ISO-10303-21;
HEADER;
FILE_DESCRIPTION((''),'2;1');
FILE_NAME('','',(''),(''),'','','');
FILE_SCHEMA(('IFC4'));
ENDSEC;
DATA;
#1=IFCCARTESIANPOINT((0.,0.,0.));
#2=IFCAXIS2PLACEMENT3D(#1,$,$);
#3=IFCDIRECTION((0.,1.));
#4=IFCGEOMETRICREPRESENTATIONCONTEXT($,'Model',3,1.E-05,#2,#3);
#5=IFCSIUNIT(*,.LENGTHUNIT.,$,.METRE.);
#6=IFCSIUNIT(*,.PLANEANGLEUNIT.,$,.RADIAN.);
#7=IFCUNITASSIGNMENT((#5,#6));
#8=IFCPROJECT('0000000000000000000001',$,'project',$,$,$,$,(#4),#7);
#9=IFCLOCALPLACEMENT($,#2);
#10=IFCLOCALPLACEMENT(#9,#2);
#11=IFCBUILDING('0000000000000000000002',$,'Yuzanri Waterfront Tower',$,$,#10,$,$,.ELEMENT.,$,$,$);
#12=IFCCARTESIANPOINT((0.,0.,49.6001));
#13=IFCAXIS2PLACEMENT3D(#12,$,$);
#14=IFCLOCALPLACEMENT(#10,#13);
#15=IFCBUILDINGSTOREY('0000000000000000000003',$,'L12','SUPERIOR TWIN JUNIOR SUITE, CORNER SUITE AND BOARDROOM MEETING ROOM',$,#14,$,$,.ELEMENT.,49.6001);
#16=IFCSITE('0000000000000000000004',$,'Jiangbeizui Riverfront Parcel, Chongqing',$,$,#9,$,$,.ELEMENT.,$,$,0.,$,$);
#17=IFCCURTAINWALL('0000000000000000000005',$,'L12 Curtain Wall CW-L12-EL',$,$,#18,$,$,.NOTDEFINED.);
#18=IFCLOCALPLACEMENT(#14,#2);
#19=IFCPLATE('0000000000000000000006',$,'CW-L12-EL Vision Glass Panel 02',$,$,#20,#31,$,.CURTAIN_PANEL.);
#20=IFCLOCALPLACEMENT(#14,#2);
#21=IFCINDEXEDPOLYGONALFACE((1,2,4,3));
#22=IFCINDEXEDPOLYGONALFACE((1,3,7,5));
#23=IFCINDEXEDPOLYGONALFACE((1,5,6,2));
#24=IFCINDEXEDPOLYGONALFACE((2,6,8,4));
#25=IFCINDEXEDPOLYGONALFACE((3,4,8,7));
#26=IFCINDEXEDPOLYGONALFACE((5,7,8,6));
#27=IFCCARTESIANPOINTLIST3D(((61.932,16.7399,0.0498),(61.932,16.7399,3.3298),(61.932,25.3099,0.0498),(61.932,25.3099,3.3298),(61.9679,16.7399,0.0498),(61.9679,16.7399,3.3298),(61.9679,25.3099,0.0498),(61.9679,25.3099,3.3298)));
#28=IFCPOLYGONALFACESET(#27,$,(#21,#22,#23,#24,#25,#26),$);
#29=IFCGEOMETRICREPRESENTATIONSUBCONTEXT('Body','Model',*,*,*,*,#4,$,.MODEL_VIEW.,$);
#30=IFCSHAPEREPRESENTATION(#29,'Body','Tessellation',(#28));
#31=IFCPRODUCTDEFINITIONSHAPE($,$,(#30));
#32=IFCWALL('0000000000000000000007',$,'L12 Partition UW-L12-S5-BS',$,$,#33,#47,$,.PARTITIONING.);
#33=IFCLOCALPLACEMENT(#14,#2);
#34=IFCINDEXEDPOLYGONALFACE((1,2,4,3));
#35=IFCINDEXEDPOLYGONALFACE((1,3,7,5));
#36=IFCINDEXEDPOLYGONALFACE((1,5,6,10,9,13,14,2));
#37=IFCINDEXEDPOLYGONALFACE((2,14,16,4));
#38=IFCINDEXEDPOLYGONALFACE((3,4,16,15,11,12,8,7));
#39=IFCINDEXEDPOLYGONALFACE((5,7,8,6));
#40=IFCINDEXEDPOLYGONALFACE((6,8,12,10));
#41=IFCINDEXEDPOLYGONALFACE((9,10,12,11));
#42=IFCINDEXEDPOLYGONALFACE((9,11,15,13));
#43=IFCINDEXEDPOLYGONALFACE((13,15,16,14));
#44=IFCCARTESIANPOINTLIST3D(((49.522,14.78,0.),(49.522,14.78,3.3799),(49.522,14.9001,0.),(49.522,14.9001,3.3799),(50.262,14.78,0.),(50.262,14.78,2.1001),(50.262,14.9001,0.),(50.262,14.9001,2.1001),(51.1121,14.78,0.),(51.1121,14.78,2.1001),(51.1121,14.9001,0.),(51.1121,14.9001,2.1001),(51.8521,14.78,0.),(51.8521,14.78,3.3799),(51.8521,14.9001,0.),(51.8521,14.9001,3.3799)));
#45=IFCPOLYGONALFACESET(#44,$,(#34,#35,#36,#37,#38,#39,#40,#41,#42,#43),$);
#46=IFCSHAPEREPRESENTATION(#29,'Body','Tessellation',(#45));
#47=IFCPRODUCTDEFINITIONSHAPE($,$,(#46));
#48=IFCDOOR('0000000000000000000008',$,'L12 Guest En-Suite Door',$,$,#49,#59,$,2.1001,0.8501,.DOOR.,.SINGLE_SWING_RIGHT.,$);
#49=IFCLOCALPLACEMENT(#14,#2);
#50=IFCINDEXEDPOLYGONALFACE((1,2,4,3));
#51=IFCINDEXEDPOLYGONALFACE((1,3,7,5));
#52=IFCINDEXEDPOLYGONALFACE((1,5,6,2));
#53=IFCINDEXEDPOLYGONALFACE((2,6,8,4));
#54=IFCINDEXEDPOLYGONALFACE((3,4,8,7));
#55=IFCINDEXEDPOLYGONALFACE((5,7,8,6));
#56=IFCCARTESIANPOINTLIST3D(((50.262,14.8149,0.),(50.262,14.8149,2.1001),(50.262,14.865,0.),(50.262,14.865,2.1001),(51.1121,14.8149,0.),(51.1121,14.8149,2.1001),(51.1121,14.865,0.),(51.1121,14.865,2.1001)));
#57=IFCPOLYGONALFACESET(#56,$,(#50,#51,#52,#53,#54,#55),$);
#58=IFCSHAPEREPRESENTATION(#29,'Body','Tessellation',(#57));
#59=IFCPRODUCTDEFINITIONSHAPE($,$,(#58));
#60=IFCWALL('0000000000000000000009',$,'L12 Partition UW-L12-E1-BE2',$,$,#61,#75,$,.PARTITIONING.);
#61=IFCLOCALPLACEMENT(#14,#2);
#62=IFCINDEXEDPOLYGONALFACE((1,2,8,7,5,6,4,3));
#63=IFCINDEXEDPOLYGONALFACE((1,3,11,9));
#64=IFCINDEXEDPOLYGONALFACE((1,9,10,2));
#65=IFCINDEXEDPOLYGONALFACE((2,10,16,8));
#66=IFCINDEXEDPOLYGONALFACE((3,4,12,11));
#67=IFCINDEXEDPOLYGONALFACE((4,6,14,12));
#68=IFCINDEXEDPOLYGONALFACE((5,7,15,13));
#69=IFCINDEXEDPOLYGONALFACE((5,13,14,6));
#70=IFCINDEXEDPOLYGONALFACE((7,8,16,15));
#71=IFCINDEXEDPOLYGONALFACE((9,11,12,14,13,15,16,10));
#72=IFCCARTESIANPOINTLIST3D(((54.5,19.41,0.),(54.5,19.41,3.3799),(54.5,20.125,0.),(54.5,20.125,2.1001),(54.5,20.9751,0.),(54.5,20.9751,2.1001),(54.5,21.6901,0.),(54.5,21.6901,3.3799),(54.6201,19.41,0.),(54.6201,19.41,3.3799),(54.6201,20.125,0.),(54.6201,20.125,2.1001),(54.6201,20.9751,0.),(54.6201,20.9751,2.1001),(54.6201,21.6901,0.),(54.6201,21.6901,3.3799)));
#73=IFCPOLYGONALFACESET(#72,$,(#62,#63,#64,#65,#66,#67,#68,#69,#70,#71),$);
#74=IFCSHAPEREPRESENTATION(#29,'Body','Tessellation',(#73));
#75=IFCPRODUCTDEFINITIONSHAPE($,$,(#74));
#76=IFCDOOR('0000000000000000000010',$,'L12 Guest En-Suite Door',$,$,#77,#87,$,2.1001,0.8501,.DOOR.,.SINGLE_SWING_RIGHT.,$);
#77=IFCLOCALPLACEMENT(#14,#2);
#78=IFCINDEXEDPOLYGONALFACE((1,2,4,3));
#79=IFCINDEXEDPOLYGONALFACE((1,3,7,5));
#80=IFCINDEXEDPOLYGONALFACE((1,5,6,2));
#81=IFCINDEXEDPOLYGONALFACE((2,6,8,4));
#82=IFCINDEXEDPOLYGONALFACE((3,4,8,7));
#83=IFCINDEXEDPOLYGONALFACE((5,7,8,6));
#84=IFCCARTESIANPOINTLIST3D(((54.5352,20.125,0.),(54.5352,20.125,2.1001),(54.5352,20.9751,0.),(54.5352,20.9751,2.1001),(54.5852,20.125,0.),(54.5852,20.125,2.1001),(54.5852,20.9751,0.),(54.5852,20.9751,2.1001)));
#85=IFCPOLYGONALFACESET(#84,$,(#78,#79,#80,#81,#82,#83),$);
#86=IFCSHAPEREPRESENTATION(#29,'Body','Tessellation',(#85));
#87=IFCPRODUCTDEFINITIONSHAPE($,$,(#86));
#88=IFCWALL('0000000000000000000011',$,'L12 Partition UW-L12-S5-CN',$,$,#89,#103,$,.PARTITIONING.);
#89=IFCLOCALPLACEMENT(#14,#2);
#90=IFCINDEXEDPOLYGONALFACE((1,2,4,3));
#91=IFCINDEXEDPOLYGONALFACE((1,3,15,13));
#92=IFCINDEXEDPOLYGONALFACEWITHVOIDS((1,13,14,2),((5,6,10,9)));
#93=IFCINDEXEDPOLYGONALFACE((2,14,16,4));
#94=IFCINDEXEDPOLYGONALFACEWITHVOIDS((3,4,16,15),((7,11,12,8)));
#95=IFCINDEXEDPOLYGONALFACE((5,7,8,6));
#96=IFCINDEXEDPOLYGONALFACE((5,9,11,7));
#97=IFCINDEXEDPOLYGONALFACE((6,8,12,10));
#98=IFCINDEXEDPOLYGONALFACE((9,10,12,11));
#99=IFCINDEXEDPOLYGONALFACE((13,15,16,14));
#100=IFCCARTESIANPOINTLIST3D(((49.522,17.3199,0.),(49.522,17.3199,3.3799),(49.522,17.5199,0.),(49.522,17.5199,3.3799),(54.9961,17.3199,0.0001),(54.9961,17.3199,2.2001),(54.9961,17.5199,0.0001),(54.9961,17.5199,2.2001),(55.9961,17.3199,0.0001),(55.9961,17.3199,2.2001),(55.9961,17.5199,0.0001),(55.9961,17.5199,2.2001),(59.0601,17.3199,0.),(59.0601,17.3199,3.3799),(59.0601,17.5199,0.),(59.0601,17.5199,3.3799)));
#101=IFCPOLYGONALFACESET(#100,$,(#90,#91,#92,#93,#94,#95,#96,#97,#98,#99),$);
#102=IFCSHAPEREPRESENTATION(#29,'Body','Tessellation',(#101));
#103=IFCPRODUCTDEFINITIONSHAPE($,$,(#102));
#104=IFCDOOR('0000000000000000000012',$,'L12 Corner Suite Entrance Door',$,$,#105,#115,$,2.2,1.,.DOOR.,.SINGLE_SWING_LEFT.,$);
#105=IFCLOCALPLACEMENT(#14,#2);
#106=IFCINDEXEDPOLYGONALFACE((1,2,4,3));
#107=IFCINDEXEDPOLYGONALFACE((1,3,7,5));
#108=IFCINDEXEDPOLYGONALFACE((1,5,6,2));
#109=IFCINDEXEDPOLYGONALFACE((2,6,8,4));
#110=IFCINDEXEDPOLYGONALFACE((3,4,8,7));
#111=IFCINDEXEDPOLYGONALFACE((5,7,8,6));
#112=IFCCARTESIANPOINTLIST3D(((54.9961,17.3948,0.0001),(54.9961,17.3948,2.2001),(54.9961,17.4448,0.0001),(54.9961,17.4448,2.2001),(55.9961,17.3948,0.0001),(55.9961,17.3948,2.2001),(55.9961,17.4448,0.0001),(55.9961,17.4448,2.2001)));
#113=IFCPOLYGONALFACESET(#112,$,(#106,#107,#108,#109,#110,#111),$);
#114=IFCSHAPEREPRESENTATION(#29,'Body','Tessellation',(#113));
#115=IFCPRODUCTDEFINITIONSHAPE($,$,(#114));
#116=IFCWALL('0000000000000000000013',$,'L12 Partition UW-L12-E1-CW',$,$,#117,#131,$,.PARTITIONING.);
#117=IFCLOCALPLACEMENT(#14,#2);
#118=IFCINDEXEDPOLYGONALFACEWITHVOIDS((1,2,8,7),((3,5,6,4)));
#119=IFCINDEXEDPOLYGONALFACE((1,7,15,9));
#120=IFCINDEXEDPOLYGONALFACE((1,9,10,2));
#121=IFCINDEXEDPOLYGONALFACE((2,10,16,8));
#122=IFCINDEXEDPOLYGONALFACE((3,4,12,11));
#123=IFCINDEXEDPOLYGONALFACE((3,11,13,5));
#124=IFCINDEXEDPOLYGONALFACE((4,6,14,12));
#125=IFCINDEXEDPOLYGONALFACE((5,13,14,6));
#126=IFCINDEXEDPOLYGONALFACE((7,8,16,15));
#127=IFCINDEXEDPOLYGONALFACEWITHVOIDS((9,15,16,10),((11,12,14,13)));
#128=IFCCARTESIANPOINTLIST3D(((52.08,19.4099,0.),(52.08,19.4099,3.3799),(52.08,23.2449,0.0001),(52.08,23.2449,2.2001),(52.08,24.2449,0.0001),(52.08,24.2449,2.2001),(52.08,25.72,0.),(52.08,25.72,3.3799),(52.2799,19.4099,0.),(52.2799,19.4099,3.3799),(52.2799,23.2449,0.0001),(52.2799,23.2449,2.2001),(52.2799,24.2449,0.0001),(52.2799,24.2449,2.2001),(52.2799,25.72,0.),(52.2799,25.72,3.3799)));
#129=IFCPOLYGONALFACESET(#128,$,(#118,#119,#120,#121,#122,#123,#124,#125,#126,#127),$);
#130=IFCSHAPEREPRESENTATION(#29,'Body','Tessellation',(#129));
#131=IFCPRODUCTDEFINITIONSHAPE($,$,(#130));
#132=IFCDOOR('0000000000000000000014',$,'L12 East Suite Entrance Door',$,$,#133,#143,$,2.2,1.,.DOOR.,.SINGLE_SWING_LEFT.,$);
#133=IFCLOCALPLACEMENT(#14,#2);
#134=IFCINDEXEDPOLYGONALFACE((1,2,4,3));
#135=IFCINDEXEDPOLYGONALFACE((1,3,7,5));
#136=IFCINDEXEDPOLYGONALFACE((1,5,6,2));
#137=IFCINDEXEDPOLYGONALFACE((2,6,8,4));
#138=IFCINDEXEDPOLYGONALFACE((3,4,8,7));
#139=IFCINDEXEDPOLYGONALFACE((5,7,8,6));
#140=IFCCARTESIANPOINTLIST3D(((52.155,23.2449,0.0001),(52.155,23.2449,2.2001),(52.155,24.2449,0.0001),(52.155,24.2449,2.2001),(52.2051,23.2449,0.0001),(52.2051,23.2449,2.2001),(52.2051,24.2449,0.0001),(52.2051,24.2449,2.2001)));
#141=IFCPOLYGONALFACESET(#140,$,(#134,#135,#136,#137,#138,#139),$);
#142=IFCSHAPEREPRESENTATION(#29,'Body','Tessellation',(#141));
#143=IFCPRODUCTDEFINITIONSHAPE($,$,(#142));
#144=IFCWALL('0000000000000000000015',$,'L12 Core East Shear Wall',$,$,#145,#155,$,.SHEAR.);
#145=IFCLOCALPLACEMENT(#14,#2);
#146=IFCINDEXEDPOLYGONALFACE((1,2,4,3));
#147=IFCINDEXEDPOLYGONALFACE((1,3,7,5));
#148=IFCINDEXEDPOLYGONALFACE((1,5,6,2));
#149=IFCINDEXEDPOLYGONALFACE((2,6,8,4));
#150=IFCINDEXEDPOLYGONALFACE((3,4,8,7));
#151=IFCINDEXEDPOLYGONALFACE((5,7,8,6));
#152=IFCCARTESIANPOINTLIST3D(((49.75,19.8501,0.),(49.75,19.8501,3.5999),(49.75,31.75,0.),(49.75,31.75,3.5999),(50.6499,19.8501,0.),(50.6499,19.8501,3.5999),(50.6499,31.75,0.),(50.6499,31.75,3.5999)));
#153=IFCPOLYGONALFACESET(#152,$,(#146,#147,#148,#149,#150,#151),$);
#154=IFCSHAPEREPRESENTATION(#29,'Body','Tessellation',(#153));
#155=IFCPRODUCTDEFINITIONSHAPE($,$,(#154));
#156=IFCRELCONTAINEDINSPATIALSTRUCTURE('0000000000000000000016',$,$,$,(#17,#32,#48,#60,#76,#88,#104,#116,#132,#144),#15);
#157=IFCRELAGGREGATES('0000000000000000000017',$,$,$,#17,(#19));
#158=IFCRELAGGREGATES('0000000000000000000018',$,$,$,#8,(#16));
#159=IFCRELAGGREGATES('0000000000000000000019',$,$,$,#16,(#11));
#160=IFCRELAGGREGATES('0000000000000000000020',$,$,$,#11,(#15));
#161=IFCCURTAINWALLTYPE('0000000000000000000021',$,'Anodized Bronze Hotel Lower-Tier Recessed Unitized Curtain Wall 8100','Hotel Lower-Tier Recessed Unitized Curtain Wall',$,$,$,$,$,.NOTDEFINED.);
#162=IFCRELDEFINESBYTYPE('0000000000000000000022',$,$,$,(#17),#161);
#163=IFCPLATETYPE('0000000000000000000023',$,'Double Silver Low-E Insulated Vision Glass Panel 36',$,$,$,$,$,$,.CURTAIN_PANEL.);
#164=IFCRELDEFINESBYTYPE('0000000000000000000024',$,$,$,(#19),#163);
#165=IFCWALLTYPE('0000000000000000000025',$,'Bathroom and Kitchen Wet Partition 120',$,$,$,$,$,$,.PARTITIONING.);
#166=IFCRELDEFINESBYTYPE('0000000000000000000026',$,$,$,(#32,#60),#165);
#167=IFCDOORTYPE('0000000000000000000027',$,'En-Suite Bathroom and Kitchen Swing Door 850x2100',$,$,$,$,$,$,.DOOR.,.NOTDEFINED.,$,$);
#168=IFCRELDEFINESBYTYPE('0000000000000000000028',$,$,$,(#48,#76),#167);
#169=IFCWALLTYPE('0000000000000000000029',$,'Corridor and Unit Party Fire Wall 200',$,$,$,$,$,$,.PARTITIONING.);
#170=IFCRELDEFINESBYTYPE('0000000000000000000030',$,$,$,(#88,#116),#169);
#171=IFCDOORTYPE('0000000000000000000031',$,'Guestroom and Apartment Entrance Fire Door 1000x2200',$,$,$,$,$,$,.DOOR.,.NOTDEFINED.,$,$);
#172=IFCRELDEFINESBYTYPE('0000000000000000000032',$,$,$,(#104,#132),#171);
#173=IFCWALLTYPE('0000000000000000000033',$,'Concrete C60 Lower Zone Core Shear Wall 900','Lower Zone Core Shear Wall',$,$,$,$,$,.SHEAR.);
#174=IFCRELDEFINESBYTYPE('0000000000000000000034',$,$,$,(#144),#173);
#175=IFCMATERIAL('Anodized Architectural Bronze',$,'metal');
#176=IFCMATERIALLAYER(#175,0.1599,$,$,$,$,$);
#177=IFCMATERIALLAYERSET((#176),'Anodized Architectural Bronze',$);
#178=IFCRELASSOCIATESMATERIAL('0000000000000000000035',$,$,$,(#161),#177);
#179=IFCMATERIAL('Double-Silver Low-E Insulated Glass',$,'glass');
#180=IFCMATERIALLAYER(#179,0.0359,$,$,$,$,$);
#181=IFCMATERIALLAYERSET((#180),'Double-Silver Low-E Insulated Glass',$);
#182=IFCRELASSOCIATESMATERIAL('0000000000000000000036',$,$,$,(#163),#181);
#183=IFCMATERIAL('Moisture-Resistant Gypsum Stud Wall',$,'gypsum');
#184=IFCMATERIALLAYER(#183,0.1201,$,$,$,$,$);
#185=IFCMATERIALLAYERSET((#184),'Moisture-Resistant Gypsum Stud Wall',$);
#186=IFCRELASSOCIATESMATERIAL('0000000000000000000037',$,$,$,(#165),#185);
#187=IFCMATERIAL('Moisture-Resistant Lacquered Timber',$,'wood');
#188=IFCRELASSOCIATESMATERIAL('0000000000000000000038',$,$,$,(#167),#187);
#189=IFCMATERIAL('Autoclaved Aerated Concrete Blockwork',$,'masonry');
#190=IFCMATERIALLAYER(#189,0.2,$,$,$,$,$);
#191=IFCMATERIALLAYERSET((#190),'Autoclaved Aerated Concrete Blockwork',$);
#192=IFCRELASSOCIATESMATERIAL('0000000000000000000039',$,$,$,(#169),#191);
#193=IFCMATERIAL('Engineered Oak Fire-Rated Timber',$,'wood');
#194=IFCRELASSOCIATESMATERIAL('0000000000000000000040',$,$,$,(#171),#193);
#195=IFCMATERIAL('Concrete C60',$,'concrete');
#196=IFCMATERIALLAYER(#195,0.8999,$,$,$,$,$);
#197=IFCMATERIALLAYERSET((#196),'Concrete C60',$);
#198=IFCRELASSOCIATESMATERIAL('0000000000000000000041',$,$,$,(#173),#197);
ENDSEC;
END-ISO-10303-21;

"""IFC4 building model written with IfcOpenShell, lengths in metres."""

from ifc_helpers import new_model, si_unit, direction, frame, frame_2d, origin, origin_2d, place, context, subcontext, project, spatial, rectangle, extrude, source, transform, mapped, material, layer, layer_set, type_object, element, fill, aggregate, save


model = new_model("IFC4")

# Units and contexts
model_context = context("Model", 3, precision=1e-05, world=origin(), true_north=direction((0.0, 1.0)))
body_context = subcontext(model_context, "Body", "Model", "MODEL_VIEW")
ifc_project = project(units=[si_unit("LENGTHUNIT", "METRE"), si_unit("PLANEANGLEUNIT", "RADIAN")], contexts=[model_context])

# Site, building, storey
site_placement = place(None, origin())
site = spatial("IfcSite", under=ifc_project, at=site_placement, Name="Jiangbeizui Riverfront Parcel, Chongqing", CompositionType="ELEMENT", RefElevation=0.0)
building_placement = place(site_placement, origin())
building = spatial("IfcBuilding", under=site, at=building_placement, Name="Yuzanri Waterfront Tower", CompositionType="ELEMENT")
storey_placement = place(building_placement, frame((0.0, 0.0, 49.6001)))
storey = spatial("IfcBuildingStorey", under=building, at=storey_placement, Name="L12", Description="SUPERIOR TWIN JUNIOR SUITE, CORNER SUITE AND BOARDROOM MEETING ROOM", CompositionType="ELEMENT", Elevation=49.6001)

# Curtain wall, plate
ifc_material_1 = material(Name="Anodized Architectural Bronze", Category="metal")
ifc_layer_1 = layer(ifc_material_1, 0.1599)
ifc_layer_set_1 = layer_set([ifc_layer_1], Name="Anodized Architectural Bronze")
curtain_wall_type = type_object("IfcCurtainWallType", Name="Anodized Bronze Hotel Lower-Tier Recessed Unitized Curtain Wall 8100", Description="Hotel Lower-Tier Recessed Unitized Curtain Wall", PredefinedType="NOTDEFINED", material=ifc_layer_set_1)
curtain_wall_placement = place(storey_placement, origin())
curtain_wall = element("IfcCurtainWall", 1, at=curtain_wall_placement, inside=storey, type_object=curtain_wall_type, Name="L12 Curtain Wall CW-L12-EL", PredefinedType="NOTDEFINED")
ifc_material_2 = material(Name="Double-Silver Low-E Insulated Glass", Category="glass")
ifc_layer_2 = layer(ifc_material_2, 0.0359)
ifc_layer_set_2 = layer_set([ifc_layer_2], Name="Double-Silver Low-E Insulated Glass")
plate_type = type_object("IfcPlateType", Name="Double Silver Low-E Insulated Vision Glass Panel 36", PredefinedType="CURTAIN_PANEL", material=ifc_layer_set_2)
shared_shape_1 = source(origin(), body_context, "Body", "SweptSolid", [
    extrude(rectangle(XDim=8.5701, YDim=0.0359, at=origin_2d()), origin(), (0.0, 0.0, 1.0), 3.28),
])
plate_placement = place(storey_placement, frame((61.95, 21.0249, 0.0498), z_axis=(0.0, 0.0, 1.0), x_axis=(0.0, 1.0, 0.0)))
plate = element("IfcPlate", 2, at=plate_placement, type_object=plate_type, Name="CW-L12-EL Vision Glass Panel 02", PredefinedType="CURTAIN_PANEL", context=body_context, shape_type="MappedRepresentation", body=[
    mapped(shared_shape_1, transform((0.0, 0.0, 0.0), scale=1.0)),
])
aggregate(curtain_wall, [plate])

# Walls, openings, doors
ifc_material_3 = material(Name="Moisture-Resistant Gypsum Stud Wall", Category="gypsum")
ifc_layer_3 = layer(ifc_material_3, 0.1201)
ifc_layer_set_3 = layer_set([ifc_layer_3], Name="Moisture-Resistant Gypsum Stud Wall")
wall_type_1 = type_object("IfcWallType", Name="Bathroom and Kitchen Wet Partition 120", PredefinedType="PARTITIONING", material=ifc_layer_set_3)
wall_1_placement = place(storey_placement, frame((49.522, 14.8401, 0.0), z_axis=(0.0, 0.0, 1.0), x_axis=(1.0, 0.0, 0.0)))
wall_1 = element("IfcWall", 3, at=wall_1_placement, inside=storey, type_object=wall_type_1, Name="L12 Partition UW-L12-S5-BS", PredefinedType="PARTITIONING", context=body_context, shape_type="SweptSolid", body=[
    extrude(rectangle(XDim=2.3301, YDim=0.1201, at=frame_2d((1.165, 0.0))), origin(), (0.0, 0.0, 1.0), 3.3799),
])
opening_1_placement = place(wall_1_placement, frame((0.74, 0.0, 0.0)))
opening_1 = element("IfcOpeningElement", 4, at=opening_1_placement, cuts=wall_1, PredefinedType="OPENING", context=body_context, shape_type="SweptSolid", body=[
    extrude(rectangle(XDim=0.8501, YDim=2.1001, at=frame_2d((0.425, 1.05))), frame((0.0, 0.075, 0.0), z_axis=(0.0, -1.0, 0.0), x_axis=(1.0, 0.0, 0.0)), (0.0, 0.0, 1.0), 0.1499),
])
ifc_material_4 = material(Name="Moisture-Resistant Lacquered Timber", Category="wood")
door_type_1 = type_object("IfcDoorType", Name="En-Suite Bathroom and Kitchen Swing Door 850x2100", OperationType="NOTDEFINED", PredefinedType="DOOR", material=ifc_material_4)
shared_shape_2 = source(origin(), body_context, "Body", "SweptSolid", [
    extrude(rectangle(XDim=0.8501, YDim=2.1001, at=frame_2d((0.425, 1.05))), frame((0.0, 0.0249, 0.0), z_axis=(0.0, -1.0, 0.0), x_axis=(1.0, 0.0, 0.0)), (0.0, 0.0, 1.0), 0.05),
])
door_1_placement = place(opening_1_placement, origin())
door_1 = element("IfcDoor", 5, at=door_1_placement, inside=storey, type_object=door_type_1, Name="L12 Guest En-Suite Door", OperationType="SINGLE_SWING_RIGHT", OverallHeight=2.1001, OverallWidth=0.8501, PredefinedType="DOOR", context=body_context, shape_type="MappedRepresentation", body=[
    mapped(shared_shape_2, transform((0.0, 0.0, 0.0), scale=1.0)),
])
fill(opening_1, door_1)
wall_2_placement = place(storey_placement, frame((54.5601, 19.4099, 0.0), z_axis=(0.0, 0.0, 1.0), x_axis=(0.0, 1.0, 0.0)))
wall_2 = element("IfcWall", 6, at=wall_2_placement, inside=storey, type_object=wall_type_1, Name="L12 Partition UW-L12-E1-BE2", PredefinedType="PARTITIONING", context=body_context, shape_type="SweptSolid", body=[
    extrude(rectangle(XDim=2.28, YDim=0.1201, at=frame_2d((1.1401, 0.0))), origin(), (0.0, 0.0, 1.0), 3.3799),
])
opening_2_placement = place(wall_2_placement, frame((0.7151, 0.0, 0.0)))
opening_2 = element("IfcOpeningElement", 7, at=opening_2_placement, cuts=wall_2, PredefinedType="OPENING", context=body_context, shape_type="SweptSolid", body=[
    extrude(rectangle(XDim=0.8501, YDim=2.1001, at=frame_2d((0.425, 1.05))), frame((0.0, 0.075, 0.0), z_axis=(0.0, -1.0, 0.0), x_axis=(1.0, 0.0, 0.0)), (0.0, 0.0, 1.0), 0.1499),
])
door_2_placement = place(opening_2_placement, origin())
door_2 = element("IfcDoor", 8, at=door_2_placement, inside=storey, type_object=door_type_1, Name="L12 Guest En-Suite Door", OperationType="SINGLE_SWING_RIGHT", OverallHeight=2.1001, OverallWidth=0.8501, PredefinedType="DOOR", context=body_context, shape_type="MappedRepresentation", body=[
    mapped(shared_shape_2, transform((0.0, 0.0, 0.0), scale=1.0)),
])
fill(opening_2, door_2)
ifc_material_5 = material(Name="Autoclaved Aerated Concrete Blockwork", Category="masonry")
ifc_layer_4 = layer(ifc_material_5, 0.2)
ifc_layer_set_4 = layer_set([ifc_layer_4], Name="Autoclaved Aerated Concrete Blockwork")
wall_type_2 = type_object("IfcWallType", Name="Corridor and Unit Party Fire Wall 200", PredefinedType="PARTITIONING", material=ifc_layer_set_4)
wall_3_placement = place(storey_placement, frame((49.522, 17.4199, 0.0), z_axis=(0.0, 0.0, 1.0), x_axis=(1.0, 0.0, 0.0)))
wall_3 = element("IfcWall", 9, at=wall_3_placement, inside=storey, type_object=wall_type_2, Name="L12 Partition UW-L12-S5-CN", PredefinedType="PARTITIONING", context=body_context, shape_type="SweptSolid", body=[
    extrude(rectangle(XDim=9.5381, YDim=0.2, at=frame_2d((4.769, 0.0))), origin(), (0.0, 0.0, 1.0), 3.3799),
])
opening_3_placement = place(wall_3_placement, frame((5.4741, 0.0, 0.0)))
opening_3 = element("IfcOpeningElement", 10, at=opening_3_placement, cuts=wall_3, PredefinedType="OPENING", context=body_context, shape_type="SweptSolid", body=[
    extrude(rectangle(XDim=1.0, YDim=2.2, at=frame_2d((0.5, 1.1001))), frame((0.0, 0.1147, 0.0), z_axis=(0.0, -1.0, 0.0), x_axis=(1.0, 0.0, 0.0)), (0.0, 0.0, 1.0), 0.2297),
])
ifc_material_6 = material(Name="Engineered Oak Fire-Rated Timber", Category="wood")
door_type_2 = type_object("IfcDoorType", Name="Guestroom and Apartment Entrance Fire Door 1000x2200", OperationType="NOTDEFINED", PredefinedType="DOOR", material=ifc_material_6)
shared_shape_3 = source(origin(), body_context, "Body", "SweptSolid", [
    extrude(rectangle(XDim=1.0, YDim=2.2, at=frame_2d((0.5, 1.1001))), frame((0.0, 0.0249, 0.0), z_axis=(0.0, -1.0, 0.0), x_axis=(1.0, 0.0, 0.0)), (0.0, 0.0, 1.0), 0.05),
])
door_3_placement = place(opening_3_placement, origin())
door_3 = element("IfcDoor", 11, at=door_3_placement, inside=storey, type_object=door_type_2, Name="L12 Corner Suite Entrance Door", OperationType="SINGLE_SWING_LEFT", OverallHeight=2.2, OverallWidth=1.0, PredefinedType="DOOR", context=body_context, shape_type="MappedRepresentation", body=[
    mapped(shared_shape_3, transform((0.0, 0.0, 0.0), scale=1.0)),
])
fill(opening_3, door_3)
wall_4_placement = place(storey_placement, frame((52.1799, 19.4099, 0.0), z_axis=(0.0, 0.0, 1.0), x_axis=(0.0, 1.0, 0.0)))
wall_4 = element("IfcWall", 12, at=wall_4_placement, inside=storey, type_object=wall_type_2, Name="L12 Partition UW-L12-E1-CW", PredefinedType="PARTITIONING", context=body_context, shape_type="SweptSolid", body=[
    extrude(rectangle(XDim=6.3101, YDim=0.2, at=frame_2d((3.155, 0.0))), origin(), (0.0, 0.0, 1.0), 3.3799),
])
opening_4_placement = place(wall_4_placement, frame((3.835, 0.0, 0.0)))
opening_4 = element("IfcOpeningElement", 13, at=opening_4_placement, cuts=wall_4, PredefinedType="OPENING", context=body_context, shape_type="SweptSolid", body=[
    extrude(rectangle(XDim=1.0, YDim=2.2, at=frame_2d((0.5, 1.1001))), frame((0.0, 0.1147, 0.0), z_axis=(0.0, -1.0, 0.0), x_axis=(1.0, 0.0, 0.0)), (0.0, 0.0, 1.0), 0.2297),
])
door_4_placement = place(opening_4_placement, origin())
door_4 = element("IfcDoor", 14, at=door_4_placement, inside=storey, type_object=door_type_2, Name="L12 East Suite Entrance Door", OperationType="SINGLE_SWING_LEFT", OverallHeight=2.2, OverallWidth=1.0, PredefinedType="DOOR", context=body_context, shape_type="MappedRepresentation", body=[
    mapped(shared_shape_3, transform((0.0, 0.0, 0.0), scale=1.0)),
])
fill(opening_4, door_4)

# Wall
ifc_material_7 = material(Name="Concrete C60", Category="concrete")
ifc_layer_5 = layer(ifc_material_7, 0.8999)
ifc_layer_set_5 = layer_set([ifc_layer_5], Name="Concrete C60")
wall_type_3 = type_object("IfcWallType", Name="Concrete C60 Lower Zone Core Shear Wall 900", Description="Lower Zone Core Shear Wall", PredefinedType="SHEAR", material=ifc_layer_set_5)
shared_shape_4 = source(origin(), body_context, "Body", "SweptSolid", [
    extrude(rectangle(XDim=11.8999, YDim=0.8999, at=frame_2d((5.95, 0.0))), origin(), (0.0, 0.0, 1.0), 3.5999),
])
wall_5_placement = place(storey_placement, frame((50.2, 19.8501, 0.0), z_axis=(0.0, 0.0, 1.0), x_axis=(0.0, 1.0, 0.0)))
element("IfcWall", 15, at=wall_5_placement, inside=storey, type_object=wall_type_3, Name="L12 Core East Shear Wall", PredefinedType="SHEAR", context=body_context, shape_type="MappedRepresentation", body=[
    mapped(shared_shape_4, transform((0.0, 0.0, 0.0), scale=1.0)),
])

save(model, "model.ifc")
